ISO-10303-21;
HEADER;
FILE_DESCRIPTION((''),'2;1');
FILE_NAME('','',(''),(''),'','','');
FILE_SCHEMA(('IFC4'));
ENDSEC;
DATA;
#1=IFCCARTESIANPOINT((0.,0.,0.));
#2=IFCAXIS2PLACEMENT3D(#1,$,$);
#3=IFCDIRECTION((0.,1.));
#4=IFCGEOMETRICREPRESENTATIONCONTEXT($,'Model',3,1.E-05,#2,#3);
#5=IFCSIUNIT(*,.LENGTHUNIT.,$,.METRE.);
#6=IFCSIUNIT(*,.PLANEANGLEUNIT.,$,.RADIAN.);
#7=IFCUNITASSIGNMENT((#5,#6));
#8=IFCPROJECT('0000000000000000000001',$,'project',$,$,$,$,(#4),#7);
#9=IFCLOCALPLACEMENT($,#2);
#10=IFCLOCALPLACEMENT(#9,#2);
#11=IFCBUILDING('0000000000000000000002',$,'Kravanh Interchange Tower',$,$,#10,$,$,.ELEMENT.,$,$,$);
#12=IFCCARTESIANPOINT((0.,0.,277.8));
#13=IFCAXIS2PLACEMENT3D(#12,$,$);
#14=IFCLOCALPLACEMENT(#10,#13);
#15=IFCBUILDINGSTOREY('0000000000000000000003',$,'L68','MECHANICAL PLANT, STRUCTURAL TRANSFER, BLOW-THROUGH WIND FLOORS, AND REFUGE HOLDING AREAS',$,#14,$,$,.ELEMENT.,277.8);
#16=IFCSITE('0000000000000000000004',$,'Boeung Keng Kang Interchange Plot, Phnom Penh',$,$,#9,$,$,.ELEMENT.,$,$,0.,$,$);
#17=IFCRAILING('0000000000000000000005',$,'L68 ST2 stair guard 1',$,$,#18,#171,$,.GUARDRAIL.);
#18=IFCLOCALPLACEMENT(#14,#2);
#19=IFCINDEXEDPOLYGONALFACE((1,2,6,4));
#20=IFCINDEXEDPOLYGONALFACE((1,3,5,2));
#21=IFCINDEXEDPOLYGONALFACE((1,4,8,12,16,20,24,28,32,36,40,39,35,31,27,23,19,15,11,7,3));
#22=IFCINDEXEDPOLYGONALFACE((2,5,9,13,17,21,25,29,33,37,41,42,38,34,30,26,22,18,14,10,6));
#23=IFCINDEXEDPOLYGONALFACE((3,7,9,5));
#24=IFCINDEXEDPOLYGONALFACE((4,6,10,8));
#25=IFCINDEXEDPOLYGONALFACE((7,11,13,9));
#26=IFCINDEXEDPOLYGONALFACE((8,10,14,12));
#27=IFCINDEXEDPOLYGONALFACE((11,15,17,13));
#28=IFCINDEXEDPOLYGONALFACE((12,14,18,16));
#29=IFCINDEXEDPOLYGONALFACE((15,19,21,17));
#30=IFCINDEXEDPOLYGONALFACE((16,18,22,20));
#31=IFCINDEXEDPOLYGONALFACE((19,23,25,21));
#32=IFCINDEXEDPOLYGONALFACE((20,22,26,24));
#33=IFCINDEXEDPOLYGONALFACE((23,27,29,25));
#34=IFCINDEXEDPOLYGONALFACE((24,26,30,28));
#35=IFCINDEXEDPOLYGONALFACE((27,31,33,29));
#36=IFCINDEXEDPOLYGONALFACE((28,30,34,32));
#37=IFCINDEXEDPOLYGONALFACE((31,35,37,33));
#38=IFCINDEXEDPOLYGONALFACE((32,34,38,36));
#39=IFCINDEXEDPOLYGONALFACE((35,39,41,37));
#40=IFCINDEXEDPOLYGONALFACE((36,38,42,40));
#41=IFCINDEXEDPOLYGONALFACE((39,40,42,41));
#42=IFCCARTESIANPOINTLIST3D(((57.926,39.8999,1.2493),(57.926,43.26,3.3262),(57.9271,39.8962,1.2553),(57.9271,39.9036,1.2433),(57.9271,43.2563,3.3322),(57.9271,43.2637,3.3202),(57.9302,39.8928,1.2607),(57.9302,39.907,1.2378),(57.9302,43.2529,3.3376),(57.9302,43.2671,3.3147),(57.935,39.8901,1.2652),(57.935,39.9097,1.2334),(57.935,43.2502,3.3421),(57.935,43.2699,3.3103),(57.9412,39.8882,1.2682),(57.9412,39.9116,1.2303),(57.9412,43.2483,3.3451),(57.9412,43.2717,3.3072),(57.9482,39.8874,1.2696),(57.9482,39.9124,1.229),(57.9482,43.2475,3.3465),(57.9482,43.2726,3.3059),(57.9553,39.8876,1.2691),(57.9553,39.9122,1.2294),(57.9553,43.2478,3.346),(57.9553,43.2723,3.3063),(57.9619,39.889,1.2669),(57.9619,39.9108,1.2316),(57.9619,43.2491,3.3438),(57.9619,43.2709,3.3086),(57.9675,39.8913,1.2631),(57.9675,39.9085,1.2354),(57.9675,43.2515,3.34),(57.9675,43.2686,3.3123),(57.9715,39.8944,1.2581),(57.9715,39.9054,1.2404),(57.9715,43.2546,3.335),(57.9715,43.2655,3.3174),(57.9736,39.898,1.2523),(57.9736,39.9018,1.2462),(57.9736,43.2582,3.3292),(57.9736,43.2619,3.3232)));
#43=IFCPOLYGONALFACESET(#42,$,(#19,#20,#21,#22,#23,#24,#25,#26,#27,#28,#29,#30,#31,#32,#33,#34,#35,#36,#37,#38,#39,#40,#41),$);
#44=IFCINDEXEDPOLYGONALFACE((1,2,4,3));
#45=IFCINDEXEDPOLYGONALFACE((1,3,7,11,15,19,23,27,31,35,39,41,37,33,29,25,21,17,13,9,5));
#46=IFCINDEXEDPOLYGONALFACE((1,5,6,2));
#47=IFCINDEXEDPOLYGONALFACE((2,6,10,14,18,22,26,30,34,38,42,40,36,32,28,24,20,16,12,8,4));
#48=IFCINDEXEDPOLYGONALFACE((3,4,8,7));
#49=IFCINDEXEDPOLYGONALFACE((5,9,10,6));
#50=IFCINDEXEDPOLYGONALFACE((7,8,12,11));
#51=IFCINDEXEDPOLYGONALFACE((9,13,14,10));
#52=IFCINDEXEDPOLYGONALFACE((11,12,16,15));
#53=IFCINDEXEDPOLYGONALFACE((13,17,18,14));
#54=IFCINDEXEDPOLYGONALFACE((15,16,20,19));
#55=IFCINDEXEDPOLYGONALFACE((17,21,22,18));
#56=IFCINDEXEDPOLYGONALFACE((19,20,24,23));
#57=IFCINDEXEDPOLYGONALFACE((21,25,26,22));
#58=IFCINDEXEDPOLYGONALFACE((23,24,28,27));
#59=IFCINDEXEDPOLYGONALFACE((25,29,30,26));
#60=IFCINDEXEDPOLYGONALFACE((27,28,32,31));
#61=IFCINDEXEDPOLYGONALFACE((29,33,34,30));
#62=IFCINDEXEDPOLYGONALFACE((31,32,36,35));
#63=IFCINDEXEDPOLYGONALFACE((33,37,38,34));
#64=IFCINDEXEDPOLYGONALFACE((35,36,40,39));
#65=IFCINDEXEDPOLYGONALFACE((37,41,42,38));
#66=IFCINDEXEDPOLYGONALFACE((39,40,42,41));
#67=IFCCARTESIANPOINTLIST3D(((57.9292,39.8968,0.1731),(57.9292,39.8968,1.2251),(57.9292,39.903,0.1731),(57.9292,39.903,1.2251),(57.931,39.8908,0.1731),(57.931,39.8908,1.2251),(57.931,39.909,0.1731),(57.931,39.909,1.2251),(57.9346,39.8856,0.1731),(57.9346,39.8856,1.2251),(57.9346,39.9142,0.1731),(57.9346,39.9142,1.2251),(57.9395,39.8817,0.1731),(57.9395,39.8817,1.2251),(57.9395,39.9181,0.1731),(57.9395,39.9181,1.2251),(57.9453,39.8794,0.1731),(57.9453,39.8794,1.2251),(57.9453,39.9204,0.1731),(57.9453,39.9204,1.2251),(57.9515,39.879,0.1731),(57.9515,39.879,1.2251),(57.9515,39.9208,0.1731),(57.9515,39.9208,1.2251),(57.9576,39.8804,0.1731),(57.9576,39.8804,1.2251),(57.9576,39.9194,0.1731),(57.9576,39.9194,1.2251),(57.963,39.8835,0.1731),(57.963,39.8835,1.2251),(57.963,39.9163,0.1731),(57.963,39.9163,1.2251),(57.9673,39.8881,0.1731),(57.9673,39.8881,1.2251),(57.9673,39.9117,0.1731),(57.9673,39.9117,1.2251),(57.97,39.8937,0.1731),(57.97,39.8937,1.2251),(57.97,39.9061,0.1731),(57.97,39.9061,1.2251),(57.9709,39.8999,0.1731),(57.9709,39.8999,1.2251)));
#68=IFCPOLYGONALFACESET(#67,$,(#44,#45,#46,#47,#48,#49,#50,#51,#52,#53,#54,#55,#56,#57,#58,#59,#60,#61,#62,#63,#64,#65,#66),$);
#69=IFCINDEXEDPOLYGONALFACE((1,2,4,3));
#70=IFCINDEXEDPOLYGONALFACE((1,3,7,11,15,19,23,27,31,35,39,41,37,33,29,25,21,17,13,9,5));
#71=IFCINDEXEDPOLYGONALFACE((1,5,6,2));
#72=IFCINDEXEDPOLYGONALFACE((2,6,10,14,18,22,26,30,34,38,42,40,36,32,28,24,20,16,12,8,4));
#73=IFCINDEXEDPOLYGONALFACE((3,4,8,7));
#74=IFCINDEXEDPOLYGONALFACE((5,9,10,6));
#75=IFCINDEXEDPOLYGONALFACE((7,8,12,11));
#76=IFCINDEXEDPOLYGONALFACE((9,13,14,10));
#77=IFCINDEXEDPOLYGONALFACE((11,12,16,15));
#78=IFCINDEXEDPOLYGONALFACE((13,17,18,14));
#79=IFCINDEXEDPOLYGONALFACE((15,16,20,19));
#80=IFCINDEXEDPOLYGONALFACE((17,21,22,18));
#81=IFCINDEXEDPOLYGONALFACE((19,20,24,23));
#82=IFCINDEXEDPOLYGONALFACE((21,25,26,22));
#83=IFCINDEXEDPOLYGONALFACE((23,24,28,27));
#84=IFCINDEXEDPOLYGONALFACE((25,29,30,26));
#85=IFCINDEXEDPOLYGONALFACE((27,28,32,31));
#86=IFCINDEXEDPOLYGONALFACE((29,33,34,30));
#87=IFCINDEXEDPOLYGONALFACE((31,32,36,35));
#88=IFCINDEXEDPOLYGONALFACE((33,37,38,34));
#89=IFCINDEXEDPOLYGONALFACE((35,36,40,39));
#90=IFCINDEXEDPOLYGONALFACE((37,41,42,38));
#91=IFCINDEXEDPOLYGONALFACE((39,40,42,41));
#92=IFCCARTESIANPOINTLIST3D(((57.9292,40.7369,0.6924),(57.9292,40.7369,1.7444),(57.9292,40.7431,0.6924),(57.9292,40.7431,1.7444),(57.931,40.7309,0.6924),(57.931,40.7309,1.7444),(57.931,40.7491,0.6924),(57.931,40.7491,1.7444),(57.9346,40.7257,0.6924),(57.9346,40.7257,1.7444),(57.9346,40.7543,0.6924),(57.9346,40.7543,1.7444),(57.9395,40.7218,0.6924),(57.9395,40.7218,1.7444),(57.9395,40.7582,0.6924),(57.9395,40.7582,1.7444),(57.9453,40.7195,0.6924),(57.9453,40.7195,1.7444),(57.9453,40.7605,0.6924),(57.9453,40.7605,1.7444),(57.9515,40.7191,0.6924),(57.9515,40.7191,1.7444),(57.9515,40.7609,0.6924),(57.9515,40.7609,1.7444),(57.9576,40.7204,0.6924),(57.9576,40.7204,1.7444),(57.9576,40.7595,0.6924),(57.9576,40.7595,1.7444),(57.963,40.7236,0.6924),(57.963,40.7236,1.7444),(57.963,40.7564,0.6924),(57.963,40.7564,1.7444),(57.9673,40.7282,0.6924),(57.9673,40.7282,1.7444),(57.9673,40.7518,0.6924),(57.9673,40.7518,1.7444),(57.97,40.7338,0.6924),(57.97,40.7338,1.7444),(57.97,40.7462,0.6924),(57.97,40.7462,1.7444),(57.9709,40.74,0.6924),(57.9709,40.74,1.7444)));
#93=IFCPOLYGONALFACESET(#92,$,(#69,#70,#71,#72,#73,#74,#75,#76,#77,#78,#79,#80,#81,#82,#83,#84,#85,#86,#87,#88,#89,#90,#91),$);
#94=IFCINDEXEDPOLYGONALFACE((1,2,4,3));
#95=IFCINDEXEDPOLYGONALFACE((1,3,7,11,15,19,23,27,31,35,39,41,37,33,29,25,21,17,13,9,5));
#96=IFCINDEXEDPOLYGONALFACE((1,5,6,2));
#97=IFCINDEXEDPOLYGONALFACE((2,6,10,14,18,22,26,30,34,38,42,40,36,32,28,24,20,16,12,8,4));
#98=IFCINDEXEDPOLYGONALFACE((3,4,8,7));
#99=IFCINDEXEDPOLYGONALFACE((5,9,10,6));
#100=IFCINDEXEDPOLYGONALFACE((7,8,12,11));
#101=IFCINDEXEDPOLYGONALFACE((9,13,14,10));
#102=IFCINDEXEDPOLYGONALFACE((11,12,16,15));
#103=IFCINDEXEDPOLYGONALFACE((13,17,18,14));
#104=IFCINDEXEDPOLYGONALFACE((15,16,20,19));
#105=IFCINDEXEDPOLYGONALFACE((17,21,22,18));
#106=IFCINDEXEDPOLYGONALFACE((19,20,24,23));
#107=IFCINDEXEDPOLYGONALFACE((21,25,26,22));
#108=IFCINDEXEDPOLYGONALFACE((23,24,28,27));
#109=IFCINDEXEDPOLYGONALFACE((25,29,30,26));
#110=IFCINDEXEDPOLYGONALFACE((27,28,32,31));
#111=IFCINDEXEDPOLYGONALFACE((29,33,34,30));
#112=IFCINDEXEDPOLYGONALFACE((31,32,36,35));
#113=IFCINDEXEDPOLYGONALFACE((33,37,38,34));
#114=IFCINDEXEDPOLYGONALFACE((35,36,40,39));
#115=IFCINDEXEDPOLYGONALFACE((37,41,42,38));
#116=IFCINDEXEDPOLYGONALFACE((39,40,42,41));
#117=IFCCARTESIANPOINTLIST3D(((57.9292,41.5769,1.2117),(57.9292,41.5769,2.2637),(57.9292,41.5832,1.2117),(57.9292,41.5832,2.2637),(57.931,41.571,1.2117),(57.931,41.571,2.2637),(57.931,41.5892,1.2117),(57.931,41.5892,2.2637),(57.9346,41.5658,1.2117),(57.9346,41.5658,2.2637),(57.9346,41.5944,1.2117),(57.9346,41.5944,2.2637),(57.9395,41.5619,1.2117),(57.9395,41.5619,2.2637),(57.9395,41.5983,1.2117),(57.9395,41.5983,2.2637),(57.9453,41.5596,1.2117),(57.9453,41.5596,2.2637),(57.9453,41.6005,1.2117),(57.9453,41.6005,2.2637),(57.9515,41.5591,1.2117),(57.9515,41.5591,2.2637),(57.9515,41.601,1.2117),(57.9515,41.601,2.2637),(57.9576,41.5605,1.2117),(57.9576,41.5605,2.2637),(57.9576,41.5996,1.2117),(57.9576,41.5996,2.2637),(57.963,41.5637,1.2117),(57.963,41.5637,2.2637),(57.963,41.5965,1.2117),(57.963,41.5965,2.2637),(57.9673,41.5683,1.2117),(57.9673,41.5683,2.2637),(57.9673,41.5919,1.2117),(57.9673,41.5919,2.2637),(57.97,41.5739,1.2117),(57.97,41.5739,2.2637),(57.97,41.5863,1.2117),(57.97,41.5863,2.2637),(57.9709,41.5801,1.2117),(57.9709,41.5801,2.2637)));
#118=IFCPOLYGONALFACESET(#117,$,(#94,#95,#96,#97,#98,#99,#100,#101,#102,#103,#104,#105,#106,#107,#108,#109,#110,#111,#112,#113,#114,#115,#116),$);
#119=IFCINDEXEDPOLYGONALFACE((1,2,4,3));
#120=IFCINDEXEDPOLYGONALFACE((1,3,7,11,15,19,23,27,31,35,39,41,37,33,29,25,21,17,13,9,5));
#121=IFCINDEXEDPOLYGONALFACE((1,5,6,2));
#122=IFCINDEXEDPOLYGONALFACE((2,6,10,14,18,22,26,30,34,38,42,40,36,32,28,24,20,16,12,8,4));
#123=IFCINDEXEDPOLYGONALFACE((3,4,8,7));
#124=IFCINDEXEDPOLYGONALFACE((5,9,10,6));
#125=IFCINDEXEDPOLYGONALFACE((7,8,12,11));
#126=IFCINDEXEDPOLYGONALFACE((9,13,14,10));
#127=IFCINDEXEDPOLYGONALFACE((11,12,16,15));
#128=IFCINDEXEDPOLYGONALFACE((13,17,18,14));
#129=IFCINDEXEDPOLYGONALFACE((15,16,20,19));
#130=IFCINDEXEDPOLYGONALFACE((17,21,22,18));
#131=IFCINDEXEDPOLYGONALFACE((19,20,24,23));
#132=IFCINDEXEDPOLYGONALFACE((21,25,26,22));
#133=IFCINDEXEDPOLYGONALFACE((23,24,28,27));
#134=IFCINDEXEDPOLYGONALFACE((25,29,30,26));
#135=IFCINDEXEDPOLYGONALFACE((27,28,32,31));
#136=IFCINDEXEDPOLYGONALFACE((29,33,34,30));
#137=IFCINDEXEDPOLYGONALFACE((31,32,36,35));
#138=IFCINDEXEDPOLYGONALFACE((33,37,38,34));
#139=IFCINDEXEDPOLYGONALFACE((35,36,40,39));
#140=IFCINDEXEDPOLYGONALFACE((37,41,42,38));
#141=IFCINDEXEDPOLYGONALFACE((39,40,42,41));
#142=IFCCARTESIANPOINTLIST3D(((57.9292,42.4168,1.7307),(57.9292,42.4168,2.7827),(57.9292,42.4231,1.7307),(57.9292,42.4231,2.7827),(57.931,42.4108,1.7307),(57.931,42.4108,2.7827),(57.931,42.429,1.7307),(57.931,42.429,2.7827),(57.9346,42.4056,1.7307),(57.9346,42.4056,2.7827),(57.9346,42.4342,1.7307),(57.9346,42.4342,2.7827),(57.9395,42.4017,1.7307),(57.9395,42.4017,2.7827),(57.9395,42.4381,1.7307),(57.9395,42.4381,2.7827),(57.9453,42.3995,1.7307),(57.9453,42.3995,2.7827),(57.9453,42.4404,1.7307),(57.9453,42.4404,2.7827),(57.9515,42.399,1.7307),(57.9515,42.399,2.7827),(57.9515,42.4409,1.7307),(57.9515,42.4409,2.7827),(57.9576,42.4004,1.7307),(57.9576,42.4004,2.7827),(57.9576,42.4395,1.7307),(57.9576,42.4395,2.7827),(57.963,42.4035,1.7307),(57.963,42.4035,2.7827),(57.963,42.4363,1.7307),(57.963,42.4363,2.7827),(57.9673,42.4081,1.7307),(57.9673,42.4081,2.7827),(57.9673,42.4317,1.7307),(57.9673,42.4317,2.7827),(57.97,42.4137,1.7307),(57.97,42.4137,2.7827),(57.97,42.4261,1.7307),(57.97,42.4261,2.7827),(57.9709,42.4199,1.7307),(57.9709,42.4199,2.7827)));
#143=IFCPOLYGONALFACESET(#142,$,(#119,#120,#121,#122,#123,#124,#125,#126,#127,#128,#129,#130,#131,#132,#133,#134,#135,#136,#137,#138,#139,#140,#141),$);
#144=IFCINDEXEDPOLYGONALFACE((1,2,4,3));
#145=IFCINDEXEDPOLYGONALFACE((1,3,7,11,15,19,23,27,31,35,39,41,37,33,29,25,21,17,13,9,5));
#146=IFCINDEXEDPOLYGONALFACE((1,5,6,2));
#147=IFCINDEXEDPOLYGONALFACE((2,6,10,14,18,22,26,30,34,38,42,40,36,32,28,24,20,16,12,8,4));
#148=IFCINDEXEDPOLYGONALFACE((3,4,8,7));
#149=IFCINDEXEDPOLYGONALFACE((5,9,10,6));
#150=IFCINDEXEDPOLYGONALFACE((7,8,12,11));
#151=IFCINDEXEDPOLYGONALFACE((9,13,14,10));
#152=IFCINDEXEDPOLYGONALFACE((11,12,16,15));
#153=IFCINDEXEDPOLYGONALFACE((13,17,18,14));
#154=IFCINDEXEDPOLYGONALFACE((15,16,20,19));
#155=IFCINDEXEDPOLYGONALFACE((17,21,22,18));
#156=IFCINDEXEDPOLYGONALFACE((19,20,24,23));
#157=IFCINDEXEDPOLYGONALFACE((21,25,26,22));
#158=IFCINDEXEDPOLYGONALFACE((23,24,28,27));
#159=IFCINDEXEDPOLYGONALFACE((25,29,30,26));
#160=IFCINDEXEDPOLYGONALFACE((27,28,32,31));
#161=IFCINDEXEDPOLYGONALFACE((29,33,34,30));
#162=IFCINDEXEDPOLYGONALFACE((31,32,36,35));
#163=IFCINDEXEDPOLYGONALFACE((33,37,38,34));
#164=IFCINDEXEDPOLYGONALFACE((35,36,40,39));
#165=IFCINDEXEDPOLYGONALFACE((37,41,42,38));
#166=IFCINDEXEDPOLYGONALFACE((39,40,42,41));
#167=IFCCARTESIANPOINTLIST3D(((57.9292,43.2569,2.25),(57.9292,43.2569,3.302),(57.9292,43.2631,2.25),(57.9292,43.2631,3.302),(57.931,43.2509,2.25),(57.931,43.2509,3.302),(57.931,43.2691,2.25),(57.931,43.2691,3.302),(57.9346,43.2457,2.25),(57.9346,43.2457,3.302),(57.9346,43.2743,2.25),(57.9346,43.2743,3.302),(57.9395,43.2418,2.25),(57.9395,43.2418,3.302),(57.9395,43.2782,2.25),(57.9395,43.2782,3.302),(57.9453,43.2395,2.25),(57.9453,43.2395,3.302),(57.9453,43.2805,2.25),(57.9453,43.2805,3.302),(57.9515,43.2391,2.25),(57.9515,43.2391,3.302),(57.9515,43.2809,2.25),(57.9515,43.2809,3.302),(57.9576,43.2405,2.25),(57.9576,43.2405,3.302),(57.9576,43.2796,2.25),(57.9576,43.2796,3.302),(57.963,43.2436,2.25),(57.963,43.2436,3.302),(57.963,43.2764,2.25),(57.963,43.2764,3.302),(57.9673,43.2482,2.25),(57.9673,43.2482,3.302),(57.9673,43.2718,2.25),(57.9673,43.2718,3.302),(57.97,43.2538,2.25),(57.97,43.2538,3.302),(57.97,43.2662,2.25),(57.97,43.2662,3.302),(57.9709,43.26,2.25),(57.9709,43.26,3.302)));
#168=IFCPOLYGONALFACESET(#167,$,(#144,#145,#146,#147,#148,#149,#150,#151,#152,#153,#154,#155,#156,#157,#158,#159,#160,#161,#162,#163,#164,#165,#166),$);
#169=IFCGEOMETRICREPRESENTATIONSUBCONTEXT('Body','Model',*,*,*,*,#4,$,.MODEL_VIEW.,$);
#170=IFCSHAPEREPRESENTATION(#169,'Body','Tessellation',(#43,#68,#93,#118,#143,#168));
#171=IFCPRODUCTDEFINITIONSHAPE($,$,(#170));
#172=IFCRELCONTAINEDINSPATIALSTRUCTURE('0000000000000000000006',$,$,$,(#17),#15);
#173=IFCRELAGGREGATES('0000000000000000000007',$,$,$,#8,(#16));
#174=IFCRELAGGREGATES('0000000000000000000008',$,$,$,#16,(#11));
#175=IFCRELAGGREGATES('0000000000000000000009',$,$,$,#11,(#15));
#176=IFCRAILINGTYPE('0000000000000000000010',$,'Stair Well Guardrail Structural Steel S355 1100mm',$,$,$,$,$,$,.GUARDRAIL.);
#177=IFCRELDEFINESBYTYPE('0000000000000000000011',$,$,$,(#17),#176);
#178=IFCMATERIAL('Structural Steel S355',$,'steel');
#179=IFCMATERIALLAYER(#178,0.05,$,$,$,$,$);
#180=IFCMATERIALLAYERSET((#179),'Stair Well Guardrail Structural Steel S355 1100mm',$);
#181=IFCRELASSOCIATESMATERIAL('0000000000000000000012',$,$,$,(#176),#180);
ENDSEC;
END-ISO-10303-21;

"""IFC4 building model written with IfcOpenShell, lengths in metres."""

from ifc_helpers import new_model, si_unit, direction, frame, origin, origin_2d, place, context, subcontext, project, spatial, circle, extrude, material, layer, layer_set, type_object, element, save


model = new_model("IFC4")

# Units and contexts
model_context = context("Model", 3, precision=1e-05, world=origin(), true_north=direction((0.0, 1.0)))
body_context = subcontext(model_context, "Body", "Model", "MODEL_VIEW")
ifc_project = project(units=[si_unit("LENGTHUNIT", "METRE"), si_unit("PLANEANGLEUNIT", "RADIAN")], contexts=[model_context])

# Site, building, storey
site_placement = place(None, origin())
site = spatial("IfcSite", under=ifc_project, at=site_placement, Name="Boeung Keng Kang Interchange Plot, Phnom Penh", CompositionType="ELEMENT", RefElevation=0.0)
building_placement = place(site_placement, origin())
building = spatial("IfcBuilding", under=site, at=building_placement, Name="Kravanh Interchange Tower", CompositionType="ELEMENT")
storey_placement = place(building_placement, frame((0.0, 0.0, 277.8)))
storey = spatial("IfcBuildingStorey", under=building, at=storey_placement, Name="L68", Description="MECHANICAL PLANT, STRUCTURAL TRANSFER, BLOW-THROUGH WIND FLOORS, AND REFUGE HOLDING AREAS", CompositionType="ELEMENT", Elevation=277.8)

# Railing
ifc_material_1 = material(Name="Structural Steel S355", Category="steel")
ifc_layer_1 = layer(ifc_material_1, 0.05)
ifc_layer_set_1 = layer_set([ifc_layer_1], Name="Stair Well Guardrail Structural Steel S355 1100mm")
railing_type_1 = type_object("IfcRailingType", Name="Stair Well Guardrail Structural Steel S355 1100mm", PredefinedType="GUARDRAIL", material=ifc_layer_set_1)
railing_1_placement = place(storey_placement, frame((57.95, 39.8999, 0.1731)))
element("IfcRailing", 1, at=railing_1_placement, inside=storey, type_object=railing_type_1, Name="L68 ST2 stair guard 1", PredefinedType="GUARDRAIL", context=body_context, shape_type="SweptSolid", body=[
    extrude(circle(Radius=0.0239, at=origin_2d()), frame((0.0, 0.0, 1.0762), z_axis=(0.0, 0.850623, 0.525776), x_axis=(-1.0, 0.0, 0.0)), (0.0, 0.0, 1.0), 3.9502),
    extrude(circle(Radius=0.021, at=origin_2d()), origin(), (0.0, 0.0, 1.0), 1.052),
    extrude(circle(Radius=0.021, at=origin_2d()), frame((0.0, 0.8401, 0.5193)), (0.0, 0.0, 1.0), 1.052),
    extrude(circle(Radius=0.021, at=origin_2d()), frame((0.0, 1.6802, 1.0386)), (0.0, 0.0, 1.0), 1.052),
    extrude(circle(Radius=0.021, at=origin_2d()), frame((0.0, 2.52, 1.5576)), (0.0, 0.0, 1.0), 1.052),
    extrude(circle(Radius=0.021, at=origin_2d()), frame((0.0, 3.3601, 2.0769)), (0.0, 0.0, 1.0), 1.052),
])

save(model, "model.ifc")
